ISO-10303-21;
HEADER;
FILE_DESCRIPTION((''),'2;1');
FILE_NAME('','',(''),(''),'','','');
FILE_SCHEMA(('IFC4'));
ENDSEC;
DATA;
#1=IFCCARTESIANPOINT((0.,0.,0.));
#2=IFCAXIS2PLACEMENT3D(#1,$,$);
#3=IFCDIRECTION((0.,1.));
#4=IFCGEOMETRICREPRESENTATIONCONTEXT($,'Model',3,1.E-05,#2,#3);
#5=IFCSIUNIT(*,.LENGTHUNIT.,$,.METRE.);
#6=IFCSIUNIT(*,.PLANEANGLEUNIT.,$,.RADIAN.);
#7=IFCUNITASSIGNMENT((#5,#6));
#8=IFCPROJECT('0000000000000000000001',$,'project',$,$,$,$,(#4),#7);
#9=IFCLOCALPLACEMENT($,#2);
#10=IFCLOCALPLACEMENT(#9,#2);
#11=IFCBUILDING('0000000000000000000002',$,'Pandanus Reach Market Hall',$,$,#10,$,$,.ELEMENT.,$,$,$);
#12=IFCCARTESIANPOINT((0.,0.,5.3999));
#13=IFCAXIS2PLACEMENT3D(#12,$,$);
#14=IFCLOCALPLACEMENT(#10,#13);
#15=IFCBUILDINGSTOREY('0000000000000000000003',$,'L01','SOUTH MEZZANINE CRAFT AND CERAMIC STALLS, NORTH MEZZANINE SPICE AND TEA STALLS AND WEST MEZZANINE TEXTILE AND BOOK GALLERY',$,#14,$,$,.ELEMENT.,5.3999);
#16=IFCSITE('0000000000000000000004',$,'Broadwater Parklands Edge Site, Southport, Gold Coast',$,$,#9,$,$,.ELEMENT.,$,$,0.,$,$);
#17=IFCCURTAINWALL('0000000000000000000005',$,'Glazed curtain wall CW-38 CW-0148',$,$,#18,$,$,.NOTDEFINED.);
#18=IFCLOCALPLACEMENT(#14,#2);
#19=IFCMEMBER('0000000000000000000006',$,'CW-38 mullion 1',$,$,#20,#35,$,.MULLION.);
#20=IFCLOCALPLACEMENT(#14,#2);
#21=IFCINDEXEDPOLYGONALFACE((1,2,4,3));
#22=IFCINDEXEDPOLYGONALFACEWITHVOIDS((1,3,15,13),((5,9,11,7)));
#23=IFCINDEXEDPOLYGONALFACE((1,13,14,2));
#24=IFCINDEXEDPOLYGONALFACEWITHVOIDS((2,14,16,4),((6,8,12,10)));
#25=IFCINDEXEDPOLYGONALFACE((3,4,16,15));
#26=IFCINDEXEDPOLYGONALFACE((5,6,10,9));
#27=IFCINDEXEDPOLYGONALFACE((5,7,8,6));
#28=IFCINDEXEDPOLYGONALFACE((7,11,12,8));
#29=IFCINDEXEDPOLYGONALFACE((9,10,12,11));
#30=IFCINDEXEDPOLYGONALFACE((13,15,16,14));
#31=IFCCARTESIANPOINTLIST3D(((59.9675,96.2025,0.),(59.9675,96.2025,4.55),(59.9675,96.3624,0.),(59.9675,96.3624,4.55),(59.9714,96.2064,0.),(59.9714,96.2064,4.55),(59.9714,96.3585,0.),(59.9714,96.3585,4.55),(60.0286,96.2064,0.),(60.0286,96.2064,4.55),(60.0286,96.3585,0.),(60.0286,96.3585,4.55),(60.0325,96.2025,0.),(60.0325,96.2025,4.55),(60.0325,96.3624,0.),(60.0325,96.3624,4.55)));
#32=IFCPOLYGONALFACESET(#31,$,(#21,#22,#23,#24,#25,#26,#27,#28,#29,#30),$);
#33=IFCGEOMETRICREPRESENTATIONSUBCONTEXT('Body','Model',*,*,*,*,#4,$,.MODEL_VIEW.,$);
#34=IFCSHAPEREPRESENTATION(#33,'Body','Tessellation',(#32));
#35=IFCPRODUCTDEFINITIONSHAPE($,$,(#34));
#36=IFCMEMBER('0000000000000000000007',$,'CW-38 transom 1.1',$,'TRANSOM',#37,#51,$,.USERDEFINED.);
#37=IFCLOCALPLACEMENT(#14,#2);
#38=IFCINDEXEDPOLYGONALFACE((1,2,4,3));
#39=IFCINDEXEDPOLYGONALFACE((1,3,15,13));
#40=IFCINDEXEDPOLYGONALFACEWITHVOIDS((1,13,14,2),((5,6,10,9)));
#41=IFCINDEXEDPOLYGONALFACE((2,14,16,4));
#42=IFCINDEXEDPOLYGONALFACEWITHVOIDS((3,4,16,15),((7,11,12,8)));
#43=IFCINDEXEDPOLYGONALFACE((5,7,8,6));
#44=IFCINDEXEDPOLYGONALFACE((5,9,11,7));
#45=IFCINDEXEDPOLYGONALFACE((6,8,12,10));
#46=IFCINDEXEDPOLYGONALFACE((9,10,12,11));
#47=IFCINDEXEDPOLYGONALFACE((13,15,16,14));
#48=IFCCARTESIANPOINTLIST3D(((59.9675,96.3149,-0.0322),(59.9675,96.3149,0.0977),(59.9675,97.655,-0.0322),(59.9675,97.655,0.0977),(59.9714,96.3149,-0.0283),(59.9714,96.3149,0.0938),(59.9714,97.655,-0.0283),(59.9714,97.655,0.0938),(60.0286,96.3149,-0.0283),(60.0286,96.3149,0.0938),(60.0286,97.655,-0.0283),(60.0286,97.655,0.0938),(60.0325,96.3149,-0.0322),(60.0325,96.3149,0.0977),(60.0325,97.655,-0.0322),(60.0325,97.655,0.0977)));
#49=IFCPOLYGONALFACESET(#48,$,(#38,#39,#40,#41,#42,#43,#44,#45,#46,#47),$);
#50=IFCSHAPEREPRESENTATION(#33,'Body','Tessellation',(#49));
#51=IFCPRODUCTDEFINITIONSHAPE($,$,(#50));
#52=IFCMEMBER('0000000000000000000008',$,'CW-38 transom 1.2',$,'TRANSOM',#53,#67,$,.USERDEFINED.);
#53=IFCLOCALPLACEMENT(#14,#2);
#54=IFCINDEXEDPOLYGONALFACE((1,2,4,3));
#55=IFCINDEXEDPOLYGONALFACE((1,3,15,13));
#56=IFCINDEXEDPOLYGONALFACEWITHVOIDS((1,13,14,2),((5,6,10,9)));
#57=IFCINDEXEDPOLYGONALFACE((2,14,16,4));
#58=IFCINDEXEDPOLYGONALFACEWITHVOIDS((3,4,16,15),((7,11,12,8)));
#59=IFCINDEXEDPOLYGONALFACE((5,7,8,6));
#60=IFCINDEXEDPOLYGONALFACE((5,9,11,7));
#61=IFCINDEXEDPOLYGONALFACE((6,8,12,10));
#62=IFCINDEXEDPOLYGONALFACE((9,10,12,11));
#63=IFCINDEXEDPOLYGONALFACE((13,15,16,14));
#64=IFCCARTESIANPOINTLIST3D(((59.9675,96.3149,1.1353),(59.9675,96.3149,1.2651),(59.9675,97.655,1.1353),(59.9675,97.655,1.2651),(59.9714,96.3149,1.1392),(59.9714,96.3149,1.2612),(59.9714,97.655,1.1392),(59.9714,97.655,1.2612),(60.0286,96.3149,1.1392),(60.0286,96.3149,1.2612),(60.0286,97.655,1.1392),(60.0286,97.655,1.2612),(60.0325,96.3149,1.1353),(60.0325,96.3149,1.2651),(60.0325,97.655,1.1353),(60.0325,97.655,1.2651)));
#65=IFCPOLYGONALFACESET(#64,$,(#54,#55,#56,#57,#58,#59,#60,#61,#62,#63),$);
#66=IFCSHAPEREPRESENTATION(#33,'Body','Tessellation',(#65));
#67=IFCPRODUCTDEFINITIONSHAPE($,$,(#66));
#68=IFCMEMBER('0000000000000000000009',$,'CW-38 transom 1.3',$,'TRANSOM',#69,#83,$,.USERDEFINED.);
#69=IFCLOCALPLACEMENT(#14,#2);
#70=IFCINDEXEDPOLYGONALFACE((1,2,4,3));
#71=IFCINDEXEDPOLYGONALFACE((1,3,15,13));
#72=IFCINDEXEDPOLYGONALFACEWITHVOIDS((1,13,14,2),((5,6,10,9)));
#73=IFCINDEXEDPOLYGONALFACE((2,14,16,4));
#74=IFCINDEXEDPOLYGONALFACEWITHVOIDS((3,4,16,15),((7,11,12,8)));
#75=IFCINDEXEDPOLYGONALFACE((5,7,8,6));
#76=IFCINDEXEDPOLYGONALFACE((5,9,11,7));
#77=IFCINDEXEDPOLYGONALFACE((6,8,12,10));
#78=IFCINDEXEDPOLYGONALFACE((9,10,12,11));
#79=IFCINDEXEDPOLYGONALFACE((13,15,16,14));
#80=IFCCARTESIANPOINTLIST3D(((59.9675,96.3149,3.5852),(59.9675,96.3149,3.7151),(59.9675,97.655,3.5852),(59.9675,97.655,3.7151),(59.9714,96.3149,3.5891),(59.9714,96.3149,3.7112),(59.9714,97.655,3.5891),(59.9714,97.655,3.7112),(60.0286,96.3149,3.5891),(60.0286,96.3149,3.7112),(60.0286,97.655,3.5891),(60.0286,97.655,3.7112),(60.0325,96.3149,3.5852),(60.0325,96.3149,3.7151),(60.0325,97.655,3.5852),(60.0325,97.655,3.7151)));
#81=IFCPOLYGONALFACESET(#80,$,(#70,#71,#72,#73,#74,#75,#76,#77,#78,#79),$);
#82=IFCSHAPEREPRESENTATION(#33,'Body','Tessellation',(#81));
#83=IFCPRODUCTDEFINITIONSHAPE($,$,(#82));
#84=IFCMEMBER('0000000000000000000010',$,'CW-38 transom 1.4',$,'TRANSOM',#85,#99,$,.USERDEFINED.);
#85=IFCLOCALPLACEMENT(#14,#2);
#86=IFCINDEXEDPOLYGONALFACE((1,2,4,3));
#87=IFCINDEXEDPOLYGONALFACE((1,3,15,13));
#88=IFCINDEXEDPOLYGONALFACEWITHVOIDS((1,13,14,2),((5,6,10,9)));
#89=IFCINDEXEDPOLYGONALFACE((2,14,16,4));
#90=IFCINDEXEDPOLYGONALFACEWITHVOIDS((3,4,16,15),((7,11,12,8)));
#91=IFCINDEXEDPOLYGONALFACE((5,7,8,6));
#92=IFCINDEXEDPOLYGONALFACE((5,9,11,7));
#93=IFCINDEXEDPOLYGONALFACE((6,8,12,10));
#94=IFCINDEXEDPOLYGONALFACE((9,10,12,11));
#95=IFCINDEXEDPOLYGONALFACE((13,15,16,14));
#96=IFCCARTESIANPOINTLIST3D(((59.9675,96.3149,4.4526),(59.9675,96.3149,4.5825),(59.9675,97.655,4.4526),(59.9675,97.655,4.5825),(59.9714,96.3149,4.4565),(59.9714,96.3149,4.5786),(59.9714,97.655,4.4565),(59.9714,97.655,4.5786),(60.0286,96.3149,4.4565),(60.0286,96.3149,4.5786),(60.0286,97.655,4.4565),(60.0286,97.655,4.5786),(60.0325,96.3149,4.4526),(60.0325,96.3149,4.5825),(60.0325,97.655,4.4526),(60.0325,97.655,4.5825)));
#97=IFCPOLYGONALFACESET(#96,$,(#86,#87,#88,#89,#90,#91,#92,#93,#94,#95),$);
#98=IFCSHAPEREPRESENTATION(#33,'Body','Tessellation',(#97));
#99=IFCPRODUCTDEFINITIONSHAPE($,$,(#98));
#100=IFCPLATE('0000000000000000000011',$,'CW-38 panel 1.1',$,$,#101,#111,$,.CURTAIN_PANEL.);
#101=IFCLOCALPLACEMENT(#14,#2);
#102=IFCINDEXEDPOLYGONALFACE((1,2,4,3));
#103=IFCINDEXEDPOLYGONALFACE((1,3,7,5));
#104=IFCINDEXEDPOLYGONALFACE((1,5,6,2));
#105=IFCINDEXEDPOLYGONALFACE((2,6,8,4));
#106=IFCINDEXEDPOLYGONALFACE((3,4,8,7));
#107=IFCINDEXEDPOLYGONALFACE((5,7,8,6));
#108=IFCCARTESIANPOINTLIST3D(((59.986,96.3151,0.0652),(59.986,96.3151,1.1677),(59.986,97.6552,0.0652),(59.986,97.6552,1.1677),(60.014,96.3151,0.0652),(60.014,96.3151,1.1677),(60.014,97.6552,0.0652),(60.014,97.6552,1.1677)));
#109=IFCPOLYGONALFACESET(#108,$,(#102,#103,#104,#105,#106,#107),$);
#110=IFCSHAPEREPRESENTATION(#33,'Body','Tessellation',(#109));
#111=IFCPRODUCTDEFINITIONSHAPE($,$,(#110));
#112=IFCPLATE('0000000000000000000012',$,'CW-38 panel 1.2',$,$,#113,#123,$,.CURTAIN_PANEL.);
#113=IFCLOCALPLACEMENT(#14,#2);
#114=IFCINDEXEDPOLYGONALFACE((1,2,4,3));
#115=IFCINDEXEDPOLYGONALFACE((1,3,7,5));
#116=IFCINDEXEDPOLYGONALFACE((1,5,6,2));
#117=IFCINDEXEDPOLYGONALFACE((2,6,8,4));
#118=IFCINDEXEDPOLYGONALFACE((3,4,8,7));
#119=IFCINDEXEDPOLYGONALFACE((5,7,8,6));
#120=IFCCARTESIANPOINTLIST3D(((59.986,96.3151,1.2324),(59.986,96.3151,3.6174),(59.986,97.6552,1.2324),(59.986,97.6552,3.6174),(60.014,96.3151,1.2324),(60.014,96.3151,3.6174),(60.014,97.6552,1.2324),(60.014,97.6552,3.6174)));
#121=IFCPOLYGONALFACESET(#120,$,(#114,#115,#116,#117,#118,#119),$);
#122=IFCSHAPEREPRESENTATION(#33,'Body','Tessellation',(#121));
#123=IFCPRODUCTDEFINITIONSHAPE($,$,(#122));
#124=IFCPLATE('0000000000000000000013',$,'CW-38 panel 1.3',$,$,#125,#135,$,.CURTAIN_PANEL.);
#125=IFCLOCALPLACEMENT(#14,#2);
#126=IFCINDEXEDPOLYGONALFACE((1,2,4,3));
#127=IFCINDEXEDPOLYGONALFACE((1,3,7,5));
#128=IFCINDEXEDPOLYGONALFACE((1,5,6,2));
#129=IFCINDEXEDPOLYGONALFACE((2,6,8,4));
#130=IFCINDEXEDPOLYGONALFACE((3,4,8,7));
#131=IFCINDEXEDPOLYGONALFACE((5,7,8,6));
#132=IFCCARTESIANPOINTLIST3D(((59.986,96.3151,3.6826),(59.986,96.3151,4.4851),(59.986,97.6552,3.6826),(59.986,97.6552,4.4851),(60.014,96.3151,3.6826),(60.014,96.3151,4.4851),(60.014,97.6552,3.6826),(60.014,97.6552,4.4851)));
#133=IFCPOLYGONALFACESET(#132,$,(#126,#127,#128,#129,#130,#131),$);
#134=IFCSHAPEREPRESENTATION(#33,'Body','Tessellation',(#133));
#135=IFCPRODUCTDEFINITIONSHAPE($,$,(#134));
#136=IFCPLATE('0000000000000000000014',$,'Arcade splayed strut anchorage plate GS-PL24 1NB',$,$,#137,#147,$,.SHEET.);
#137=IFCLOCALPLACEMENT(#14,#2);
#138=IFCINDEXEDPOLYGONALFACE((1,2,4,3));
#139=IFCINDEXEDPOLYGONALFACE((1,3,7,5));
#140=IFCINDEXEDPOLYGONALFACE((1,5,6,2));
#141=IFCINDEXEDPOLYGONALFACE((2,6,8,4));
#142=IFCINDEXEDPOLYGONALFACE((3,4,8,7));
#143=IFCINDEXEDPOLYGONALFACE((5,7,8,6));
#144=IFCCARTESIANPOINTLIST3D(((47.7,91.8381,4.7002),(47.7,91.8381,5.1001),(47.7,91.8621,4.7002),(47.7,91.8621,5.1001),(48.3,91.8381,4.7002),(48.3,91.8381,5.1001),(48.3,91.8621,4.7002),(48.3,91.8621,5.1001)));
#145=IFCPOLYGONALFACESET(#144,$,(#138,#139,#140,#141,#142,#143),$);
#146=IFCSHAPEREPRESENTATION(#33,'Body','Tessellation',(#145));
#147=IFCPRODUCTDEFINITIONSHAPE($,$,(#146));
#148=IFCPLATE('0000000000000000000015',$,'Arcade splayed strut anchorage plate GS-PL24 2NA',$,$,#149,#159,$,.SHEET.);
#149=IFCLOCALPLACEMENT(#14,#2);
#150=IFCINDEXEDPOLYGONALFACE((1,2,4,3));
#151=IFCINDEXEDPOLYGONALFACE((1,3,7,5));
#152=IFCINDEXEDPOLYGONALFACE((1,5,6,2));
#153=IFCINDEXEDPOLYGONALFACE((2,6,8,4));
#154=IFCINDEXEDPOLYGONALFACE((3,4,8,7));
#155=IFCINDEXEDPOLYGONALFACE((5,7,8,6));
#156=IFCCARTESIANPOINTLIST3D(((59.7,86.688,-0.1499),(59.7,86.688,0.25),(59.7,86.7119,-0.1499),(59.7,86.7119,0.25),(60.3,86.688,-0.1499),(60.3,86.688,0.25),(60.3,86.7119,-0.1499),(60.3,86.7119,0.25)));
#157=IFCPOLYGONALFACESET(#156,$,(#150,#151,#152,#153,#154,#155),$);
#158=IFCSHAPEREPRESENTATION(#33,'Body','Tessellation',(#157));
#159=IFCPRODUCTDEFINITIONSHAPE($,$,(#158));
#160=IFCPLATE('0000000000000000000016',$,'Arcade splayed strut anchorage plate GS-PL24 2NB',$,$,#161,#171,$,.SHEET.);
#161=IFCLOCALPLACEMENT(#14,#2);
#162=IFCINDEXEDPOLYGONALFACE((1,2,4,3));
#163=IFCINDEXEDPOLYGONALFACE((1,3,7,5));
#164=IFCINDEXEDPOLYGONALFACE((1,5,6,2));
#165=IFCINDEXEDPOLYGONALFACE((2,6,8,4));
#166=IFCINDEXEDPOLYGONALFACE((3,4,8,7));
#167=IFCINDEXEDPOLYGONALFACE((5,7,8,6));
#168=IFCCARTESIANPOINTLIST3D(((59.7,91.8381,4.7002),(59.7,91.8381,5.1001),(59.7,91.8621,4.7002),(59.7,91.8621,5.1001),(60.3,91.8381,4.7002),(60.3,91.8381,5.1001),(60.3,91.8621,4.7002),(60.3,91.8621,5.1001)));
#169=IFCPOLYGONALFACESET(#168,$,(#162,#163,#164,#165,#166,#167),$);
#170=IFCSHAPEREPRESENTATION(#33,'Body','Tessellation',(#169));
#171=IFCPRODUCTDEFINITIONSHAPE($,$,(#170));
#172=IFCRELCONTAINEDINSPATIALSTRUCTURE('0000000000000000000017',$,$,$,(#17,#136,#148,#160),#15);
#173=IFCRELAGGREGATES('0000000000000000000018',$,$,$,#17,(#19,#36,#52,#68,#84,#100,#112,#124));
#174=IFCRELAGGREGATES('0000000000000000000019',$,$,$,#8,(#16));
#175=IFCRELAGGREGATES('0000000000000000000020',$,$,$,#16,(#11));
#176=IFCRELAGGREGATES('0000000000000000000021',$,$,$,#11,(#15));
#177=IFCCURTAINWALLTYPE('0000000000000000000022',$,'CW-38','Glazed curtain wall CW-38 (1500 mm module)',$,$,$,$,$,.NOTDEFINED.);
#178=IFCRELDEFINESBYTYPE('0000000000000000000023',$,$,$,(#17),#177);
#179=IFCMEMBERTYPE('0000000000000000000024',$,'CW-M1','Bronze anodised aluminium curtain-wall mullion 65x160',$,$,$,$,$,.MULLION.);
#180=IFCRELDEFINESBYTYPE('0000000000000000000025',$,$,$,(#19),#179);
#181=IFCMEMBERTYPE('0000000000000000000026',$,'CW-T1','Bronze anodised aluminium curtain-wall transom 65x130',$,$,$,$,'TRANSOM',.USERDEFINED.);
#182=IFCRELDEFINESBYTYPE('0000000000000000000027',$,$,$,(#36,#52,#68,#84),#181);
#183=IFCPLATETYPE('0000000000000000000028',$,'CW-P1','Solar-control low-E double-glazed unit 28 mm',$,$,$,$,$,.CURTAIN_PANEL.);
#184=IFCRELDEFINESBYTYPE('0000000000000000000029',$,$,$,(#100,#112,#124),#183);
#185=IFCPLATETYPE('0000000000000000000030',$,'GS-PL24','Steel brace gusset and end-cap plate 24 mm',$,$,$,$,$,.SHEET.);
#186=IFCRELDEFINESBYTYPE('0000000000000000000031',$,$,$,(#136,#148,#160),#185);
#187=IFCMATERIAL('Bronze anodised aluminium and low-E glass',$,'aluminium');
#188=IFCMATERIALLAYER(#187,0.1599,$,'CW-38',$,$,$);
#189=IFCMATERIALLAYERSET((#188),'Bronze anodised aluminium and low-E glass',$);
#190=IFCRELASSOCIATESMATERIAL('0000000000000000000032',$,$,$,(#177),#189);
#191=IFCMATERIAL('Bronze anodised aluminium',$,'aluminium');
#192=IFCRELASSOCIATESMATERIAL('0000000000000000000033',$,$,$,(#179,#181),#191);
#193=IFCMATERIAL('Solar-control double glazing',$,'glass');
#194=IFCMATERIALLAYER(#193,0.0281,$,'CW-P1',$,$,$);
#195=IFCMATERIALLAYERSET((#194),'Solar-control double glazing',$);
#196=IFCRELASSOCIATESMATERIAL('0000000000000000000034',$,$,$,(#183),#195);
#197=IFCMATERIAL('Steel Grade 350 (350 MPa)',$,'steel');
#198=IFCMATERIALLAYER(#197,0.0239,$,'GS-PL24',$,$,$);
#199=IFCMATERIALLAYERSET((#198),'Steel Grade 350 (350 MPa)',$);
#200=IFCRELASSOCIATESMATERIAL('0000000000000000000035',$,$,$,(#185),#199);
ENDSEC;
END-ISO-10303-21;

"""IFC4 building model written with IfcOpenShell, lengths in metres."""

from ifc_helpers import new_model, si_unit, direction, frame, origin, origin_2d, place, context, subcontext, project, spatial, rectangle, hollow_rectangle, extrude, material, layer, layer_set, material_profile, profile_set, type_object, element, aggregate, save


model = new_model("IFC4")

# Units and contexts
model_context = context("Model", 3, precision=1e-05, world=origin(), true_north=direction((0.0, 1.0)))
body_context = subcontext(model_context, "Body", "Model", "MODEL_VIEW")
ifc_project = project(units=[si_unit("LENGTHUNIT", "METRE"), si_unit("PLANEANGLEUNIT", "RADIAN")], contexts=[model_context])

# Site, building, storey
site_placement = place(None, origin())
site = spatial("IfcSite", under=ifc_project, at=site_placement, Name="Broadwater Parklands Edge Site, Southport, Gold Coast", CompositionType="ELEMENT", RefElevation=0.0)
building_placement = place(site_placement, origin())
building = spatial("IfcBuilding", under=site, at=building_placement, Name="Pandanus Reach Market Hall", CompositionType="ELEMENT")
storey_placement = place(building_placement, frame((0.0, 0.0, 5.3999)))
storey = spatial("IfcBuildingStorey", under=building, at=storey_placement, Name="L01", Description="SOUTH MEZZANINE CRAFT AND CERAMIC STALLS, NORTH MEZZANINE SPICE AND TEA STALLS AND WEST MEZZANINE TEXTILE AND BOOK GALLERY", CompositionType="ELEMENT", Elevation=5.3999)

# Shared definitions
ifc_material_1 = material(Name="Steel Grade 350 (350 MPa)", Category="steel")

# Curtain wall, members, plates
ifc_material_2 = material(Name="Bronze anodised aluminium and low-E glass", Category="aluminium")
ifc_layer_1 = layer(ifc_material_2, 0.1599, Name="CW-38")
ifc_layer_set_1 = layer_set([ifc_layer_1], Name="Bronze anodised aluminium and low-E glass")
curtain_wall_type = type_object("IfcCurtainWallType", Name="CW-38", Description="Glazed curtain wall CW-38 (1500 mm module)", PredefinedType="NOTDEFINED", material=ifc_layer_set_1)
curtain_wall_placement = place(storey_placement, origin())
curtain_wall = element("IfcCurtainWall", 1, at=curtain_wall_placement, inside=storey, type_object=curtain_wall_type, Name="Glazed curtain wall CW-38 CW-0148", PredefinedType="NOTDEFINED")
ifc_material_3 = material(Name="Bronze anodised aluminium", Category="aluminium")
ifc_material_profile_1 = material_profile(ifc_material_3, hollow_rectangle(XDim=0.0649, YDim=0.1599, WallThickness=0.0039, at=origin_2d()), Name="ALU65x160", Category="LoadBearing")
ifc_profile_set_1 = profile_set([ifc_material_profile_1], Name="Bronze anodised aluminium")
member_type_1 = type_object("IfcMemberType", Name="CW-M1", Description="Bronze anodised aluminium curtain-wall mullion 65x160", PredefinedType="MULLION", material=ifc_profile_set_1)
member_1_placement = place(storey_placement, frame((60.0, 96.2825, 0.0), z_axis=(0.0, 0.0, 1.0), x_axis=(-1.0, 0.0, 0.0)))
member_1 = element("IfcMember", 2, at=member_1_placement, type_object=member_type_1, Name="CW-38 mullion 1", PredefinedType="MULLION", context=body_context, shape_type="SweptSolid", body=[
    extrude(hollow_rectangle(XDim=0.0649, YDim=0.1599, WallThickness=0.0039, at=origin_2d()), origin(), (0.0, 0.0, 1.0), 4.55),
])
ifc_material_profile_2 = material_profile(ifc_material_3, hollow_rectangle(XDim=0.0649, YDim=0.1299, WallThickness=0.0039, at=origin_2d()), Name="ALU65x130", Category="LoadBearing")
ifc_profile_set_2 = profile_set([ifc_material_profile_2], Name="Bronze anodised aluminium")
member_type_2 = type_object("IfcMemberType", Name="CW-T1", Description="Bronze anodised aluminium curtain-wall transom 65x130", ElementType="TRANSOM", PredefinedType="USERDEFINED", material=ifc_profile_set_2)
member_2_placement = place(storey_placement, frame((60.0, 96.3149, 0.0327), z_axis=(0.0, 1.0, 0.0), x_axis=(-1.0, 0.0, 0.0)))
member_2 = element("IfcMember", 3, at=member_2_placement, type_object=member_type_2, Name="CW-38 transom 1.1", ObjectType="TRANSOM", PredefinedType="USERDEFINED", context=body_context, shape_type="SweptSolid", body=[
    extrude(hollow_rectangle(XDim=0.0649, YDim=0.1299, WallThickness=0.0039, at=origin_2d()), origin(), (0.0, 0.0, 1.0), 1.3401),
])
member_3_placement = place(storey_placement, frame((60.0, 96.3149, 1.2002), z_axis=(0.0, 1.0, 0.0), x_axis=(-1.0, 0.0, 0.0)))
member_3 = element("IfcMember", 4, at=member_3_placement, type_object=member_type_2, Name="CW-38 transom 1.2", ObjectType="TRANSOM", PredefinedType="USERDEFINED", context=body_context, shape_type="SweptSolid", body=[
    extrude(hollow_rectangle(XDim=0.0649, YDim=0.1299, WallThickness=0.0039, at=origin_2d()), origin(), (0.0, 0.0, 1.0), 1.3401),
])
member_4_placement = place(storey_placement, frame((60.0, 96.3149, 3.6501), z_axis=(0.0, 1.0, 0.0), x_axis=(-1.0, 0.0, 0.0)))
member_4 = element("IfcMember", 5, at=member_4_placement, type_object=member_type_2, Name="CW-38 transom 1.3", ObjectType="TRANSOM", PredefinedType="USERDEFINED", context=body_context, shape_type="SweptSolid", body=[
    extrude(hollow_rectangle(XDim=0.0649, YDim=0.1299, WallThickness=0.0039, at=origin_2d()), origin(), (0.0, 0.0, 1.0), 1.3401),
])
member_5_placement = place(storey_placement, frame((60.0, 96.3149, 4.5176), z_axis=(0.0, 1.0, 0.0), x_axis=(-1.0, 0.0, 0.0)))
member_5 = element("IfcMember", 6, at=member_5_placement, type_object=member_type_2, Name="CW-38 transom 1.4", ObjectType="TRANSOM", PredefinedType="USERDEFINED", context=body_context, shape_type="SweptSolid", body=[
    extrude(hollow_rectangle(XDim=0.0649, YDim=0.1299, WallThickness=0.0039, at=origin_2d()), origin(), (0.0, 0.0, 1.0), 1.3401),
])
ifc_material_4 = material(Name="Solar-control double glazing", Category="glass")
ifc_layer_2 = layer(ifc_material_4, 0.0281, Name="CW-P1")
ifc_layer_set_2 = layer_set([ifc_layer_2], Name="Solar-control double glazing")
plate_type_1 = type_object("IfcPlateType", Name="CW-P1", Description="Solar-control low-E double-glazed unit 28 mm", PredefinedType="CURTAIN_PANEL", material=ifc_layer_set_2)
plate_1_placement = place(storey_placement, frame((60.0, 96.9851, 0.0652), z_axis=(0.0, 0.0, 1.0), x_axis=(0.0, 1.0, 0.0)))
plate_1 = element("IfcPlate", 7, at=plate_1_placement, type_object=plate_type_1, Name="CW-38 panel 1.1", PredefinedType="CURTAIN_PANEL", context=body_context, shape_type="SweptSolid", body=[
    extrude(rectangle(XDim=1.3401, YDim=0.0281, at=origin_2d()), origin(), (0.0, 0.0, 1.0), 1.1025),
])
plate_2_placement = place(storey_placement, frame((60.0, 96.9851, 1.2324), z_axis=(0.0, 0.0, 1.0), x_axis=(0.0, 1.0, 0.0)))
plate_2 = element("IfcPlate", 8, at=plate_2_placement, type_object=plate_type_1, Name="CW-38 panel 1.2", PredefinedType="CURTAIN_PANEL", context=body_context, shape_type="SweptSolid", body=[
    extrude(rectangle(XDim=1.3401, YDim=0.0281, at=origin_2d()), origin(), (0.0, 0.0, 1.0), 2.385),
])
plate_3_placement = place(storey_placement, frame((60.0, 96.9851, 3.6826), z_axis=(0.0, 0.0, 1.0), x_axis=(0.0, 1.0, 0.0)))
plate_3 = element("IfcPlate", 9, at=plate_3_placement, type_object=plate_type_1, Name="CW-38 panel 1.3", PredefinedType="CURTAIN_PANEL", context=body_context, shape_type="SweptSolid", body=[
    extrude(rectangle(XDim=1.3401, YDim=0.0281, at=origin_2d()), origin(), (0.0, 0.0, 1.0), 0.8025),
])
aggregate(curtain_wall, [member_1, member_2, member_3, member_4, member_5, plate_1, plate_2, plate_3])

# Plates
ifc_layer_3 = layer(ifc_material_1, 0.0239, Name="GS-PL24")
ifc_layer_set_3 = layer_set([ifc_layer_3], Name="Steel Grade 350 (350 MPa)")
plate_type_2 = type_object("IfcPlateType", Name="GS-PL24", Description="Steel brace gusset and end-cap plate 24 mm", PredefinedType="SHEET", material=ifc_layer_set_3)
for number, where, z_axis, x_axis, name in (
    (10, (48.0, 91.8501, 4.7002), (0.0, 0.0, 1.0), (1.0, 0.0, 0.0), "Arcade splayed strut anchorage plate GS-PL24 1NB"),
    (11, (60.0, 86.7, -0.1499), (0.0, 0.0, 1.0), (1.0, 0.0, 0.0), "Arcade splayed strut anchorage plate GS-PL24 2NA"),
    (12, (60.0, 91.8501, 4.7002), (0.0, 0.0, 1.0), (1.0, 0.0, 0.0), "Arcade splayed strut anchorage plate GS-PL24 2NB"),
):
    element("IfcPlate", number, at=place(storey_placement, frame(where, z_axis=z_axis, x_axis=x_axis)), inside=storey, type_object=plate_type_2, Name=name, PredefinedType="SHEET", context=body_context, shape_type="SweptSolid", body=[
        extrude(rectangle(XDim=0.6001, YDim=0.0239, at=origin_2d()), origin(), (0.0, 0.0, 1.0), 0.3999),
    ])

save(model, "model.ifc")
